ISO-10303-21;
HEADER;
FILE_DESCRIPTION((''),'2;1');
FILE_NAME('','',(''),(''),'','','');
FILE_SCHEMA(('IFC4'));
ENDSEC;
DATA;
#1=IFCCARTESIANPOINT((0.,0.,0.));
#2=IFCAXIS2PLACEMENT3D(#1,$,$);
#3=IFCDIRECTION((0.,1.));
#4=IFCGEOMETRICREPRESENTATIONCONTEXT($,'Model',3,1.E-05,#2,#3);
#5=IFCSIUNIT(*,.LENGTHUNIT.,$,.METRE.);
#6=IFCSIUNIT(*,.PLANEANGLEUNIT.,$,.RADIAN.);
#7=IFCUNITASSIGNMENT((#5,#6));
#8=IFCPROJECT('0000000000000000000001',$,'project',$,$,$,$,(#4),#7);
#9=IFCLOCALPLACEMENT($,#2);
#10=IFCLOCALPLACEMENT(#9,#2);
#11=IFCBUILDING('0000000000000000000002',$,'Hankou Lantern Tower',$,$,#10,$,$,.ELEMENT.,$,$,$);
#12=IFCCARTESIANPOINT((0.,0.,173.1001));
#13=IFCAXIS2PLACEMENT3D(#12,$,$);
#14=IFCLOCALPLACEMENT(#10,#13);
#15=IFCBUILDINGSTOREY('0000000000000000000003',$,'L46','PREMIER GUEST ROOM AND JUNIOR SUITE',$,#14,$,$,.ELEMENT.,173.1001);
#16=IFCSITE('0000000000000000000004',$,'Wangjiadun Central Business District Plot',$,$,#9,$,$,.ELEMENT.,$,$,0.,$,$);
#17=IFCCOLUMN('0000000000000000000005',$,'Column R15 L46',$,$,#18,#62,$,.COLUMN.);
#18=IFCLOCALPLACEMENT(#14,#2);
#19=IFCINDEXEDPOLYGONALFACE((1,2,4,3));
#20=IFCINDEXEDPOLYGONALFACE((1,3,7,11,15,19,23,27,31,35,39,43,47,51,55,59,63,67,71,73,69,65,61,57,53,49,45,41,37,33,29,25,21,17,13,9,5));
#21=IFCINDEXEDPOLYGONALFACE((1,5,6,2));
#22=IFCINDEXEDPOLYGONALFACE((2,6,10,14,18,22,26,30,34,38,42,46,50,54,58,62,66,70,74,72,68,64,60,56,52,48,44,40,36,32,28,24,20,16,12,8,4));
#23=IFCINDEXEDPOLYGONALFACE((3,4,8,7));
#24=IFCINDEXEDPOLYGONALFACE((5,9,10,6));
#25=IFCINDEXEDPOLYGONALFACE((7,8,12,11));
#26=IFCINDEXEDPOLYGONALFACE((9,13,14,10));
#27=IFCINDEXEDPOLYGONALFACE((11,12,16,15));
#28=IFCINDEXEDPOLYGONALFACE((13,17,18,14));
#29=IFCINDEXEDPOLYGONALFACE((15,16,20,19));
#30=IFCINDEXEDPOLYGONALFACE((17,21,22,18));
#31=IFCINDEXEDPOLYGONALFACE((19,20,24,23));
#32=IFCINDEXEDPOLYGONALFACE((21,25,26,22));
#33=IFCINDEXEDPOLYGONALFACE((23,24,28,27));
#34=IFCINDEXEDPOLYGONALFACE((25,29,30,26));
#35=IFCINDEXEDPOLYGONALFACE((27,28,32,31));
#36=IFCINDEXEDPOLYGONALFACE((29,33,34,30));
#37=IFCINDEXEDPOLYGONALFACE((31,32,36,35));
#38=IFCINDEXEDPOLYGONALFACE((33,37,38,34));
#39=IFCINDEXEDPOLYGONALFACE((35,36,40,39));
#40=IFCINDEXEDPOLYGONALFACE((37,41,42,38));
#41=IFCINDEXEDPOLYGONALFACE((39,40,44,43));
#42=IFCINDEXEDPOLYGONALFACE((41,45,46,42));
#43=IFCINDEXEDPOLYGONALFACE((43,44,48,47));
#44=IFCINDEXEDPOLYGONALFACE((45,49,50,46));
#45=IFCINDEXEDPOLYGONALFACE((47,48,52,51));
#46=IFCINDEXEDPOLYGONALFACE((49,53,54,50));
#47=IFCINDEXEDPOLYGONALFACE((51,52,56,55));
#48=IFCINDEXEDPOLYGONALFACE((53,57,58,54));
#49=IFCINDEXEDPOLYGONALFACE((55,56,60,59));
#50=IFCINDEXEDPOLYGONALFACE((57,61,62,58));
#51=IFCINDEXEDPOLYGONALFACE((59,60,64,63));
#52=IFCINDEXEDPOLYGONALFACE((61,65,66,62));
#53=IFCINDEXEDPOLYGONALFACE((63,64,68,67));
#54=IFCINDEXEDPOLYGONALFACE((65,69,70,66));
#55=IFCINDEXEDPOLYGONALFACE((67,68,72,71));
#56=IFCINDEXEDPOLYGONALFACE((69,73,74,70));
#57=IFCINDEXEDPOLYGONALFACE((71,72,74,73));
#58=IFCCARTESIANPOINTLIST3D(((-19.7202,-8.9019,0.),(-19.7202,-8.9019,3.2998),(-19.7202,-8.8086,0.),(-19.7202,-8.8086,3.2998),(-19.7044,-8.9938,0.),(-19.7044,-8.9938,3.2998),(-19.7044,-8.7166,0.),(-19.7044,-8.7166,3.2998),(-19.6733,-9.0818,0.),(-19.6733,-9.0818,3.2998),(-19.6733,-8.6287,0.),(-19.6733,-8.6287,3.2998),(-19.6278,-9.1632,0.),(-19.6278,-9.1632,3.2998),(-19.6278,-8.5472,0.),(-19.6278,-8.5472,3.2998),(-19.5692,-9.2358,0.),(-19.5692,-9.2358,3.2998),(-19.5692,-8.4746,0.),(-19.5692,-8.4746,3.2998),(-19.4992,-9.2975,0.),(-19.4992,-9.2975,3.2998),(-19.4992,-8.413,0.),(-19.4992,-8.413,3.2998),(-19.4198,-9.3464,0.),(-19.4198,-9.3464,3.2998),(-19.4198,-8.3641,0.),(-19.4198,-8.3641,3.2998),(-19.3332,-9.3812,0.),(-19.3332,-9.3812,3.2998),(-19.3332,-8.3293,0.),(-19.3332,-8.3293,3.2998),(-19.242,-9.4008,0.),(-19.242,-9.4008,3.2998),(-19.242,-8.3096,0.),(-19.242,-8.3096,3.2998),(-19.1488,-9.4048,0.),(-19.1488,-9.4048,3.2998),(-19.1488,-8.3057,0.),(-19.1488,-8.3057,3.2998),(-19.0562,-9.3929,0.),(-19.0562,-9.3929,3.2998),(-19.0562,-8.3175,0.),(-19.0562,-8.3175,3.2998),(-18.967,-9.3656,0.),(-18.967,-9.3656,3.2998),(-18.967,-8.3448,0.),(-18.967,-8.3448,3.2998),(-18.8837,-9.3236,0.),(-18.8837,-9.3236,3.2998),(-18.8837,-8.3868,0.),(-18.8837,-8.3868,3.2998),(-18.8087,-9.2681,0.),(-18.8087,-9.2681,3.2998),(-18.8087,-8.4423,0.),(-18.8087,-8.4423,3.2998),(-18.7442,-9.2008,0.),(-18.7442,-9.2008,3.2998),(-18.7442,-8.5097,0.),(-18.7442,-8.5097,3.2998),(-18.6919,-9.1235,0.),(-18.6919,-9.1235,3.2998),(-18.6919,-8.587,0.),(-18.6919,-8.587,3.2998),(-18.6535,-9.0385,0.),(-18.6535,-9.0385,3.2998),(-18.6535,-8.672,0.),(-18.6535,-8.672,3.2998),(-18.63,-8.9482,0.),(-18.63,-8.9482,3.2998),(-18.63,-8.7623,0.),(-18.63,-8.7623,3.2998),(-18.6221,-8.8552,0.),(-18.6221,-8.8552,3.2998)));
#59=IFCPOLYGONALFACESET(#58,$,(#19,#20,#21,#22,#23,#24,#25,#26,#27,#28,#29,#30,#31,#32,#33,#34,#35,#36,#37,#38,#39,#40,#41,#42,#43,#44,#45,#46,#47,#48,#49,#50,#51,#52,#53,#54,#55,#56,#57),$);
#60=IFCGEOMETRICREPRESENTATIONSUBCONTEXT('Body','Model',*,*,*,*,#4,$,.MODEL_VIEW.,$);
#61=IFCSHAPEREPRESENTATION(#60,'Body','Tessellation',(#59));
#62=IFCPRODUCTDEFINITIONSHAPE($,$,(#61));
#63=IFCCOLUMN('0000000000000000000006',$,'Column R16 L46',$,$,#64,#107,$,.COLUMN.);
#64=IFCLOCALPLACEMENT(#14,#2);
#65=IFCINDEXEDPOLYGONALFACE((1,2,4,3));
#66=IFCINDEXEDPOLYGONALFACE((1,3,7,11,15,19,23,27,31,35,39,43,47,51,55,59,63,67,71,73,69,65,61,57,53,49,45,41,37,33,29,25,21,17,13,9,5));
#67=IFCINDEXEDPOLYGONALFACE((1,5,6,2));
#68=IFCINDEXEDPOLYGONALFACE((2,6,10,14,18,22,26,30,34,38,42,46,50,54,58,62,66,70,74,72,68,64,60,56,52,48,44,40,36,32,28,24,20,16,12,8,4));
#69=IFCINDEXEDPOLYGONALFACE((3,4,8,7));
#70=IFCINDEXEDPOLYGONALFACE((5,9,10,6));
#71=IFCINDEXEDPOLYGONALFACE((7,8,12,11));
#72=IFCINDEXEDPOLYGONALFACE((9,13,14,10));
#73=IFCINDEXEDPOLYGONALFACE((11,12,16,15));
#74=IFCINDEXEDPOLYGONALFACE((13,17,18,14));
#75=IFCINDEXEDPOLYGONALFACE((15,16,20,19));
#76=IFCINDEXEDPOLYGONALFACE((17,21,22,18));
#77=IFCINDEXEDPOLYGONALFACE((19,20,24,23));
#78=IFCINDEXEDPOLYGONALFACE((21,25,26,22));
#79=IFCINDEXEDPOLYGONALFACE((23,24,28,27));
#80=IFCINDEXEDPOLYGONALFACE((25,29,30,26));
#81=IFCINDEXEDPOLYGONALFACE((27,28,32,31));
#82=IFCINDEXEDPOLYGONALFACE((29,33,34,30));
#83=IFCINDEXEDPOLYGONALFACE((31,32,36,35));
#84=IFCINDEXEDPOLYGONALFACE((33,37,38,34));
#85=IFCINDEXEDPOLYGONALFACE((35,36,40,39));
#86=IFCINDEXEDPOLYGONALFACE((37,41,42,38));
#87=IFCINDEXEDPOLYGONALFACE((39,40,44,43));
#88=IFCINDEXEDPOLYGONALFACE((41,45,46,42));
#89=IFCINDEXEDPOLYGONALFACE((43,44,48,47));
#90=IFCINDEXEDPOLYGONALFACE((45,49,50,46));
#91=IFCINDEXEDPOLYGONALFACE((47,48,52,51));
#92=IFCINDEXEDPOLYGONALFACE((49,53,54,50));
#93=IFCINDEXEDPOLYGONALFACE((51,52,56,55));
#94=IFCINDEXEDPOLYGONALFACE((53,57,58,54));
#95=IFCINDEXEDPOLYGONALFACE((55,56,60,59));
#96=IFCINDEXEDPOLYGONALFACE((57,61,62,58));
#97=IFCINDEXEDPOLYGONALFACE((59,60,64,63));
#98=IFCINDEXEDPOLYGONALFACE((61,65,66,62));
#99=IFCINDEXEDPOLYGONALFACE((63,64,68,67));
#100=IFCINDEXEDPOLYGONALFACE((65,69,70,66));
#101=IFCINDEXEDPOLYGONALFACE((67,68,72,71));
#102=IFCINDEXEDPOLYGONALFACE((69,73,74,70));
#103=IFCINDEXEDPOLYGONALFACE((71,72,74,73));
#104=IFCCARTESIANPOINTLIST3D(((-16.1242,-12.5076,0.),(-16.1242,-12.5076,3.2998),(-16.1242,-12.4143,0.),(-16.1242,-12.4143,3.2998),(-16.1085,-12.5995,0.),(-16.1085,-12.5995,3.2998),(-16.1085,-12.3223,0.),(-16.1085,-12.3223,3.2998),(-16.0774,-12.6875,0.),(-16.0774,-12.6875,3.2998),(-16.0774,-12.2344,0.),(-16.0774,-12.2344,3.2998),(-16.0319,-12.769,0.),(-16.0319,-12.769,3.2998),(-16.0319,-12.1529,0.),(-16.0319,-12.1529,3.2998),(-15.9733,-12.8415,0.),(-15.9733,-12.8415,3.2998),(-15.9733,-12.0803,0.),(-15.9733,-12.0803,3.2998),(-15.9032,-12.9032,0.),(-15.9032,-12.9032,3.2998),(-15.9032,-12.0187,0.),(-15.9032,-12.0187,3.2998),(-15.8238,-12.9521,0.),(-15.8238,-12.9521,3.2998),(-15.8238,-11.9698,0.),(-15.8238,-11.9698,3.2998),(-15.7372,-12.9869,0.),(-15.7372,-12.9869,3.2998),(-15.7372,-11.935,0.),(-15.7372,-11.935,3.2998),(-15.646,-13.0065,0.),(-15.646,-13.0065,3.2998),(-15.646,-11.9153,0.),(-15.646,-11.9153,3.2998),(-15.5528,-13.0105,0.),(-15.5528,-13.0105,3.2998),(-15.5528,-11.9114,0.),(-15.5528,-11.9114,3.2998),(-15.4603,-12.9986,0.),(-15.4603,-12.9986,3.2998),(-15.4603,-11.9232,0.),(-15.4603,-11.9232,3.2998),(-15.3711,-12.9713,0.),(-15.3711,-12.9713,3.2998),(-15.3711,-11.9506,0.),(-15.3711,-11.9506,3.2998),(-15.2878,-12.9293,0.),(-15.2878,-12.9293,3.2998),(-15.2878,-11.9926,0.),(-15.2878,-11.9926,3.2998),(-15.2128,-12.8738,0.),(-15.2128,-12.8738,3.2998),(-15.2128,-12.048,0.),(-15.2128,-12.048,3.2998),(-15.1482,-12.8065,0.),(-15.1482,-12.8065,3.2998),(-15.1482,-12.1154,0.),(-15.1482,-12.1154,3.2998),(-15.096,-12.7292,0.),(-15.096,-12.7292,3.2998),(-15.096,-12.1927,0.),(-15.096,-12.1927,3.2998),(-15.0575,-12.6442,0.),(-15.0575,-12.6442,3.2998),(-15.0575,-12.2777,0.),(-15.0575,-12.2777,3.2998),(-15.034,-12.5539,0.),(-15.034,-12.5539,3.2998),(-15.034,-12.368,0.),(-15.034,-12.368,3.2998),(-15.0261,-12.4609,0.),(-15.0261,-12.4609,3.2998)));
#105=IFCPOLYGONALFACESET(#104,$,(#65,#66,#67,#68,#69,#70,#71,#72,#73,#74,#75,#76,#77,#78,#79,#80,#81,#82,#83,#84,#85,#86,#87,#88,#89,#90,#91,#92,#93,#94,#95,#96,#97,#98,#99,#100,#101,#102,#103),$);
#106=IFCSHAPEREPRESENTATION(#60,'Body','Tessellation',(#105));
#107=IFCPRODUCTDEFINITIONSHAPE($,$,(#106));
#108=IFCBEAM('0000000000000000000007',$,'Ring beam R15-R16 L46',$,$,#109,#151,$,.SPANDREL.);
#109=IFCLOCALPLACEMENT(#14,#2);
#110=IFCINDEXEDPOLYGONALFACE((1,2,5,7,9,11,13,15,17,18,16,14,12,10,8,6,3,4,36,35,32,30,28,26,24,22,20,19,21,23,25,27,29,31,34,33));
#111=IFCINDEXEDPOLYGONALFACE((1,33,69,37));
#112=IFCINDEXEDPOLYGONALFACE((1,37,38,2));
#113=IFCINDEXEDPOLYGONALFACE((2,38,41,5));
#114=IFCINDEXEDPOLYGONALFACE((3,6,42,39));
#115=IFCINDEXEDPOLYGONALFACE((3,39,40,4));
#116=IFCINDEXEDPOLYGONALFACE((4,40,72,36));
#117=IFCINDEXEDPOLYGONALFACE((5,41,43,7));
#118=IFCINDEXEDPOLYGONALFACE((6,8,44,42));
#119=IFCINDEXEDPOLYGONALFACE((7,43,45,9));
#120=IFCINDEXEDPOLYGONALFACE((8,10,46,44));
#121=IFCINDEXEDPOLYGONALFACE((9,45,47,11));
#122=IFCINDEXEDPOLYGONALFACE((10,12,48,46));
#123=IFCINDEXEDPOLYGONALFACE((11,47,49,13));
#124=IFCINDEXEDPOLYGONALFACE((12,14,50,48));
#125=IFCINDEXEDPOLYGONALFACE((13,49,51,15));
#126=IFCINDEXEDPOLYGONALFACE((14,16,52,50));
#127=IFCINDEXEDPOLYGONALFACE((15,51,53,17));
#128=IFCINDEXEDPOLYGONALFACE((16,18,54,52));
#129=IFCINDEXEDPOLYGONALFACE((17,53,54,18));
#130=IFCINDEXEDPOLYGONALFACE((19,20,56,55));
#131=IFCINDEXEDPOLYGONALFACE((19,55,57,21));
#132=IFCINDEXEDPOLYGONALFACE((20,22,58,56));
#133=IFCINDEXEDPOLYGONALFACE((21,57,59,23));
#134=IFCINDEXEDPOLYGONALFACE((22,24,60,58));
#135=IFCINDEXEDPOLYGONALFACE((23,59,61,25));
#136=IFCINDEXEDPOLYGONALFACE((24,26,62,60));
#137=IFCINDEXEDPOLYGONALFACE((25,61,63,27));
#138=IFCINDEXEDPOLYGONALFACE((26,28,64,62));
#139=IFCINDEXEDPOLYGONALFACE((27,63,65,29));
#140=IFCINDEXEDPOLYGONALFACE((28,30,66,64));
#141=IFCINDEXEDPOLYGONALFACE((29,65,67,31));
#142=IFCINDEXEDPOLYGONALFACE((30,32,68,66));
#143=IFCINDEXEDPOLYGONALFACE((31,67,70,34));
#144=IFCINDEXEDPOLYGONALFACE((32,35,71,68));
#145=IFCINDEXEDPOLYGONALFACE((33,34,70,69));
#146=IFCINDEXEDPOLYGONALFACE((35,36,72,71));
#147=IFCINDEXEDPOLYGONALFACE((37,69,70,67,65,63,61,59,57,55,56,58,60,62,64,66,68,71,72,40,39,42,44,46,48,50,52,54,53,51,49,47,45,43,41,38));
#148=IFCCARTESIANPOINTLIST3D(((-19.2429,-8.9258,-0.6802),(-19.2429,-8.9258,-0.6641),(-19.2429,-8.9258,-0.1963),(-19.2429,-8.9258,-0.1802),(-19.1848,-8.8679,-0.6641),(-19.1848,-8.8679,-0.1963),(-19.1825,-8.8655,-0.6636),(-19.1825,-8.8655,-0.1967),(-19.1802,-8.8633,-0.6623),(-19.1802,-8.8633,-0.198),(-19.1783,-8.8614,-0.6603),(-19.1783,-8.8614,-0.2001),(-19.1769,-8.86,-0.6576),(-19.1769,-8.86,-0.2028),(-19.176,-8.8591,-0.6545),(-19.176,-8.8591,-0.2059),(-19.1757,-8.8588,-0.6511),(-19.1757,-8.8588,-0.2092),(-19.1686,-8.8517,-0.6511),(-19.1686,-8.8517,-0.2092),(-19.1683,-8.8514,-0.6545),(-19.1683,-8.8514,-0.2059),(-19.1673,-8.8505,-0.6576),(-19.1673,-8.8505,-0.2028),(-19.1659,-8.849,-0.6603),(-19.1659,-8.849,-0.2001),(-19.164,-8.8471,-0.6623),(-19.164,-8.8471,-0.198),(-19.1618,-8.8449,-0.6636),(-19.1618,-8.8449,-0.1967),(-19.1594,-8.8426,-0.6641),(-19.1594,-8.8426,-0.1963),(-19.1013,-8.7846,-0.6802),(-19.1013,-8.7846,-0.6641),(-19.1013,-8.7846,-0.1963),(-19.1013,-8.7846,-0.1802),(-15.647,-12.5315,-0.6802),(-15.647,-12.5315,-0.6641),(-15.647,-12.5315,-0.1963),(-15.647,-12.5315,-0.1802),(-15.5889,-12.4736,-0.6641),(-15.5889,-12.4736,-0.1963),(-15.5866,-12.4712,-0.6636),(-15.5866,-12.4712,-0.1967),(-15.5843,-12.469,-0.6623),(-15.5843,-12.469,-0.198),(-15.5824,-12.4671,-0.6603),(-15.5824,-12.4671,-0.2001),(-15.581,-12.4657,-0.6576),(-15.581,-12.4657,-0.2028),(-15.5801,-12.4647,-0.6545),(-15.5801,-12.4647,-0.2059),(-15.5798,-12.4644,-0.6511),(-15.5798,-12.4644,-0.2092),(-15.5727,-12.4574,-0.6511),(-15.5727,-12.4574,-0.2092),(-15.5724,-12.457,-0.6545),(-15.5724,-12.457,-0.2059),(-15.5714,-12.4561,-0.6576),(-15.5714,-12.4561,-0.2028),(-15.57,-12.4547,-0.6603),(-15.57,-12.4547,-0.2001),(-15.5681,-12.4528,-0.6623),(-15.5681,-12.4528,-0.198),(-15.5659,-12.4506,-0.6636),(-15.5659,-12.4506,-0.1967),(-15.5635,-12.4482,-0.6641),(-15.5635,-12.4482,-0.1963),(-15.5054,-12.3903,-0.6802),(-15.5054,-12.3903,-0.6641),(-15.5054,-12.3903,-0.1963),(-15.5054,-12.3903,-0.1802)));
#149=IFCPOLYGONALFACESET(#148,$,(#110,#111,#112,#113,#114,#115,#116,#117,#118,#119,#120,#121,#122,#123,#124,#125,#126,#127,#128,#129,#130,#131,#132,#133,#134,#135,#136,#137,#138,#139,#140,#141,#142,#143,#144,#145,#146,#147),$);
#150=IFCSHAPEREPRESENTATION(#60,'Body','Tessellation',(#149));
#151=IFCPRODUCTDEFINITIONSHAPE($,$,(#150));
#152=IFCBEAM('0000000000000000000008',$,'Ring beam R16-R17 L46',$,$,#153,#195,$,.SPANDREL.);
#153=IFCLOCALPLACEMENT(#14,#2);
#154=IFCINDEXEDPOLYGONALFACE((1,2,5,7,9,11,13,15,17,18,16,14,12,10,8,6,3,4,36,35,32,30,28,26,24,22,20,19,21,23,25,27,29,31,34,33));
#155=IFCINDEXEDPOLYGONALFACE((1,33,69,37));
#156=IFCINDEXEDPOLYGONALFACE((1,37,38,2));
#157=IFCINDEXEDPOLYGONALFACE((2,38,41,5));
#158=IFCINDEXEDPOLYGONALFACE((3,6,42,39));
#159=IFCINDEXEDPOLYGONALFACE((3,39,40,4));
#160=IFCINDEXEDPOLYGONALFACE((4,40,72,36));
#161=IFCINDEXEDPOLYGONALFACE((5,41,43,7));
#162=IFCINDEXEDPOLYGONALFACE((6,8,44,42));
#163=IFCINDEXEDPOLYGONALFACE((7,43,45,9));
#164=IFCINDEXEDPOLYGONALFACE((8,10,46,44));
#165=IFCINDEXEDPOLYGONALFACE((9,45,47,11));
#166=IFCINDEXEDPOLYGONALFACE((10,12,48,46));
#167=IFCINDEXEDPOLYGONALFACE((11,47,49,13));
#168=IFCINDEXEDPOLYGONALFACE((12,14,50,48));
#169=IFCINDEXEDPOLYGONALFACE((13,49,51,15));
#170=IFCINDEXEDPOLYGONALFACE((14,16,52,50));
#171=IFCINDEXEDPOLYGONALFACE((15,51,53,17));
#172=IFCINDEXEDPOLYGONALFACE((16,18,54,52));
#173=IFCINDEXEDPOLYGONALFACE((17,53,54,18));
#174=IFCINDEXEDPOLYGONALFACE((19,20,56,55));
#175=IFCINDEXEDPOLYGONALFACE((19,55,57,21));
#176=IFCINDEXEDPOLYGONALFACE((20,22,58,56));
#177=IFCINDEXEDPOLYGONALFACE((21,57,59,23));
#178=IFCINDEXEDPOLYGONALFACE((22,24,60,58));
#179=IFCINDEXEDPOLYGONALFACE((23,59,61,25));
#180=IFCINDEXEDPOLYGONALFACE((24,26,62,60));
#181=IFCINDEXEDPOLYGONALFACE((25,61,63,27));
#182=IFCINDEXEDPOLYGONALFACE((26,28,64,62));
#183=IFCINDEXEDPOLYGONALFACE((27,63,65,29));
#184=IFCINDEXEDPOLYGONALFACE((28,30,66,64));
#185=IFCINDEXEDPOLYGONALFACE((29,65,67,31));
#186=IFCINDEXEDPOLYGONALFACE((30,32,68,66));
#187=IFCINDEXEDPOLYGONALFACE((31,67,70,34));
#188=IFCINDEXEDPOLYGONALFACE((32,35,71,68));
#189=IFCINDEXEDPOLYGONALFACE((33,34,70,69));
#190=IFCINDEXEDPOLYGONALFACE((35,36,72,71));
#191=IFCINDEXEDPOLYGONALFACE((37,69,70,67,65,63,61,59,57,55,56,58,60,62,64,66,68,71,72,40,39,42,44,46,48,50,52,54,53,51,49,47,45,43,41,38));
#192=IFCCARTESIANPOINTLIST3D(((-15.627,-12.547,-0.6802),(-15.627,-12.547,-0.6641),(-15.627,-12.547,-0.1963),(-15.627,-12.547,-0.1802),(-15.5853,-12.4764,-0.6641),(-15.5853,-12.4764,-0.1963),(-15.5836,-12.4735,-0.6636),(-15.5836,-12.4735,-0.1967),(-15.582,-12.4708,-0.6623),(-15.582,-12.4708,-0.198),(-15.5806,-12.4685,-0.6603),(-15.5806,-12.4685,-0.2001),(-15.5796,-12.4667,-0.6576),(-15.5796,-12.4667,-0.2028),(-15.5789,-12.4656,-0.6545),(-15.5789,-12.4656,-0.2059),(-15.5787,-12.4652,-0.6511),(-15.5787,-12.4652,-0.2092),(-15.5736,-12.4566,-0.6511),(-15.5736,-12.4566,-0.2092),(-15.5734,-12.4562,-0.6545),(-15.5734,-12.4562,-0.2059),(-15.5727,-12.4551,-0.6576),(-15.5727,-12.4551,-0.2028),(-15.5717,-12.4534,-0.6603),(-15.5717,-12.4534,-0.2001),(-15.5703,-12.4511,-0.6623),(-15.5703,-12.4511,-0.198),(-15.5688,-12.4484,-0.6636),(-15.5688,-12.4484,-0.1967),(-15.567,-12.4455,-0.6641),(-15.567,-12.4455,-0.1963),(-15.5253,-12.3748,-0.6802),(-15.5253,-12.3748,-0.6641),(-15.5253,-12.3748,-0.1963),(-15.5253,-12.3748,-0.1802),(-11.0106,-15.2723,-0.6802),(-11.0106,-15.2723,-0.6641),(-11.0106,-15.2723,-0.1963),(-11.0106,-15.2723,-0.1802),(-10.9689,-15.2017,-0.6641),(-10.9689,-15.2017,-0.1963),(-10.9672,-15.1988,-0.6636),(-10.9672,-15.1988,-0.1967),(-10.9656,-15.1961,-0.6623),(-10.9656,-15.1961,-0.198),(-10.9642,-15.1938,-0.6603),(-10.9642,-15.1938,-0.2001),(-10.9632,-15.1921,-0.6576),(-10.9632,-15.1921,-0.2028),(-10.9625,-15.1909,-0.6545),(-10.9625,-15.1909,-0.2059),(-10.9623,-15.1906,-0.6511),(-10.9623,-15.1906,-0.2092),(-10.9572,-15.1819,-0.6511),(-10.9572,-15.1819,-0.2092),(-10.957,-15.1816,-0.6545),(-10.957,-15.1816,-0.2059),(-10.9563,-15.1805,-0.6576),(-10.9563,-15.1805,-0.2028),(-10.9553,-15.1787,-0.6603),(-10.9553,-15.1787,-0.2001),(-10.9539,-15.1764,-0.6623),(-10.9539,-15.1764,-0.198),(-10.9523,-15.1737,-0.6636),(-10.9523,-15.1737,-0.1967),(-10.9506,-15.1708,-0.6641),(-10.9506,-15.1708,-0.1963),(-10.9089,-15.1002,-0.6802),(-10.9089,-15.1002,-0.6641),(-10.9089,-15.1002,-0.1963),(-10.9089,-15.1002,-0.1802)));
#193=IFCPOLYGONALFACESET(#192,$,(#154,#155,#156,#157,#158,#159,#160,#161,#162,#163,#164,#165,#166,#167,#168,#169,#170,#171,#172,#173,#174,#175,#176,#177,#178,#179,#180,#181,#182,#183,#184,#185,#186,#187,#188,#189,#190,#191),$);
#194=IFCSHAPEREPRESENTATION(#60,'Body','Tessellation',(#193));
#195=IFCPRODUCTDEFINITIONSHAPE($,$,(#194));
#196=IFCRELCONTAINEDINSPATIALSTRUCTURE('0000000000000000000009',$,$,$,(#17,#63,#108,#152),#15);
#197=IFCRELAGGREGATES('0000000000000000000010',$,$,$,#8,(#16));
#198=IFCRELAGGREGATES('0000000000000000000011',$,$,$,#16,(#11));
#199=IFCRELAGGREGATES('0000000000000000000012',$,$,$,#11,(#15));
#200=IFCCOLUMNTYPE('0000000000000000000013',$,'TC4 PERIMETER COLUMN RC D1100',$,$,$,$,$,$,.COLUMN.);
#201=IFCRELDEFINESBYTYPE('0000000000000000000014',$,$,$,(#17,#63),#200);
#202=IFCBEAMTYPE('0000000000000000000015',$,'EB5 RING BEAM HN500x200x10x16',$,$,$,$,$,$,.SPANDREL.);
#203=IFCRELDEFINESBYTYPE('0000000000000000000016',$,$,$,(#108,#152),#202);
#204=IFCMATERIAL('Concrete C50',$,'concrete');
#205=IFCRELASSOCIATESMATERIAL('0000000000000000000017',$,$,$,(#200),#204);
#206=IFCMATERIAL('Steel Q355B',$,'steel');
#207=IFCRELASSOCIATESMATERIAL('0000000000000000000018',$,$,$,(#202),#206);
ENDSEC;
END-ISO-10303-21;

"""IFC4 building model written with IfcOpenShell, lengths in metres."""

from ifc_helpers import new_model, si_unit, direction, frame, origin, origin_2d, place, context, subcontext, project, spatial, circle, i_section, extrude, material, material_profile, profile_set, type_object, element, save


model = new_model("IFC4")

# Units and contexts
model_context = context("Model", 3, precision=1e-05, world=origin(), true_north=direction((0.0, 1.0)))
body_context = subcontext(model_context, "Body", "Model", "MODEL_VIEW")
ifc_project = project(units=[si_unit("LENGTHUNIT", "METRE"), si_unit("PLANEANGLEUNIT", "RADIAN")], contexts=[model_context])

# Site, building, storey
site_placement = place(None, origin())
site = spatial("IfcSite", under=ifc_project, at=site_placement, Name="Wangjiadun Central Business District Plot", CompositionType="ELEMENT", RefElevation=0.0)
building_placement = place(site_placement, origin())
building = spatial("IfcBuilding", under=site, at=building_placement, Name="Hankou Lantern Tower", CompositionType="ELEMENT")
storey_placement = place(building_placement, frame((0.0, 0.0, 173.1001)))
storey = spatial("IfcBuildingStorey", under=building, at=storey_placement, Name="L46", Description="PREMIER GUEST ROOM AND JUNIOR SUITE", CompositionType="ELEMENT", Elevation=173.1001)

# Columns
ifc_material_1 = material(Name="Concrete C50", Category="concrete")
ifc_material_profile_1 = material_profile(ifc_material_1, circle(Radius=0.55, at=origin_2d()), Name="RC D1100")
ifc_profile_set_1 = profile_set([ifc_material_profile_1], Name="Concrete C50")
column_type = type_object("IfcColumnType", Name="TC4 PERIMETER COLUMN RC D1100", PredefinedType="COLUMN", material=ifc_profile_set_1)
for number, where, z_axis, x_axis, name in (
    (1, (-19.1721, -8.8552, 0.0), (0.0, 0.0, 1.0), (1.0, 0.0, 0.0), "Column R15 L46"),
    (2, (-15.5762, -12.4609, 0.0), (0.0, 0.0, 1.0), (1.0, 0.0, 0.0), "Column R16 L46"),
):
    element("IfcColumn", number, at=place(storey_placement, frame(where, z_axis=z_axis, x_axis=x_axis)), inside=storey, type_object=column_type, Name=name, PredefinedType="COLUMN", context=body_context, shape_type="SweptSolid", body=[
        extrude(circle(Radius=0.55, at=origin_2d()), origin(), (0.0, 0.0, 1.0), 3.2998),
    ])

# Beams
ifc_material_2 = material(Name="Steel Q355B", Category="steel")
ifc_material_profile_2 = material_profile(ifc_material_2, i_section(OverallWidth=0.2, OverallDepth=0.5, WebThickness=0.01, FlangeThickness=0.0161, FilletRadius=0.0129, at=origin_2d()), Name="HN500x200x10x16")
ifc_profile_set_2 = profile_set([ifc_material_profile_2], Name="Steel Q355B")
beam_type_1 = type_object("IfcBeamType", Name="EB5 RING BEAM HN500x200x10x16", PredefinedType="SPANDREL", material=ifc_profile_set_2)
beam_1_placement = place(storey_placement, frame((-19.1721, -8.8552, -0.4302), z_axis=(0.706147, -0.708065, 0.0), x_axis=(0.708065, 0.706147, 0.0)))
element("IfcBeam", 3, at=beam_1_placement, inside=storey, type_object=beam_type_1, Name="Ring beam R15-R16 L46", PredefinedType="SPANDREL", context=body_context, shape_type="SweptSolid", body=[
    extrude(i_section(OverallWidth=0.2, OverallDepth=0.5, WebThickness=0.01, FlangeThickness=0.0161, FilletRadius=0.0129, at=origin_2d()), origin(), (0.0, 0.0, 1.0), 5.0923),
])
beam_2_placement = place(storey_placement, frame((-15.5762, -12.4609, -0.4302), z_axis=(0.861136, -0.508375, 0.0), x_axis=(0.508375, 0.861136, 0.0)))
element("IfcBeam", 4, at=beam_2_placement, inside=storey, type_object=beam_type_1, Name="Ring beam R16-R17 L46", PredefinedType="SPANDREL", context=body_context, shape_type="SweptSolid", body=[
    extrude(i_section(OverallWidth=0.2, OverallDepth=0.5, WebThickness=0.01, FlangeThickness=0.0161, FilletRadius=0.0129, at=origin_2d()), origin(), (0.0, 0.0, 1.0), 5.3608),
])

save(model, "model.ifc")
